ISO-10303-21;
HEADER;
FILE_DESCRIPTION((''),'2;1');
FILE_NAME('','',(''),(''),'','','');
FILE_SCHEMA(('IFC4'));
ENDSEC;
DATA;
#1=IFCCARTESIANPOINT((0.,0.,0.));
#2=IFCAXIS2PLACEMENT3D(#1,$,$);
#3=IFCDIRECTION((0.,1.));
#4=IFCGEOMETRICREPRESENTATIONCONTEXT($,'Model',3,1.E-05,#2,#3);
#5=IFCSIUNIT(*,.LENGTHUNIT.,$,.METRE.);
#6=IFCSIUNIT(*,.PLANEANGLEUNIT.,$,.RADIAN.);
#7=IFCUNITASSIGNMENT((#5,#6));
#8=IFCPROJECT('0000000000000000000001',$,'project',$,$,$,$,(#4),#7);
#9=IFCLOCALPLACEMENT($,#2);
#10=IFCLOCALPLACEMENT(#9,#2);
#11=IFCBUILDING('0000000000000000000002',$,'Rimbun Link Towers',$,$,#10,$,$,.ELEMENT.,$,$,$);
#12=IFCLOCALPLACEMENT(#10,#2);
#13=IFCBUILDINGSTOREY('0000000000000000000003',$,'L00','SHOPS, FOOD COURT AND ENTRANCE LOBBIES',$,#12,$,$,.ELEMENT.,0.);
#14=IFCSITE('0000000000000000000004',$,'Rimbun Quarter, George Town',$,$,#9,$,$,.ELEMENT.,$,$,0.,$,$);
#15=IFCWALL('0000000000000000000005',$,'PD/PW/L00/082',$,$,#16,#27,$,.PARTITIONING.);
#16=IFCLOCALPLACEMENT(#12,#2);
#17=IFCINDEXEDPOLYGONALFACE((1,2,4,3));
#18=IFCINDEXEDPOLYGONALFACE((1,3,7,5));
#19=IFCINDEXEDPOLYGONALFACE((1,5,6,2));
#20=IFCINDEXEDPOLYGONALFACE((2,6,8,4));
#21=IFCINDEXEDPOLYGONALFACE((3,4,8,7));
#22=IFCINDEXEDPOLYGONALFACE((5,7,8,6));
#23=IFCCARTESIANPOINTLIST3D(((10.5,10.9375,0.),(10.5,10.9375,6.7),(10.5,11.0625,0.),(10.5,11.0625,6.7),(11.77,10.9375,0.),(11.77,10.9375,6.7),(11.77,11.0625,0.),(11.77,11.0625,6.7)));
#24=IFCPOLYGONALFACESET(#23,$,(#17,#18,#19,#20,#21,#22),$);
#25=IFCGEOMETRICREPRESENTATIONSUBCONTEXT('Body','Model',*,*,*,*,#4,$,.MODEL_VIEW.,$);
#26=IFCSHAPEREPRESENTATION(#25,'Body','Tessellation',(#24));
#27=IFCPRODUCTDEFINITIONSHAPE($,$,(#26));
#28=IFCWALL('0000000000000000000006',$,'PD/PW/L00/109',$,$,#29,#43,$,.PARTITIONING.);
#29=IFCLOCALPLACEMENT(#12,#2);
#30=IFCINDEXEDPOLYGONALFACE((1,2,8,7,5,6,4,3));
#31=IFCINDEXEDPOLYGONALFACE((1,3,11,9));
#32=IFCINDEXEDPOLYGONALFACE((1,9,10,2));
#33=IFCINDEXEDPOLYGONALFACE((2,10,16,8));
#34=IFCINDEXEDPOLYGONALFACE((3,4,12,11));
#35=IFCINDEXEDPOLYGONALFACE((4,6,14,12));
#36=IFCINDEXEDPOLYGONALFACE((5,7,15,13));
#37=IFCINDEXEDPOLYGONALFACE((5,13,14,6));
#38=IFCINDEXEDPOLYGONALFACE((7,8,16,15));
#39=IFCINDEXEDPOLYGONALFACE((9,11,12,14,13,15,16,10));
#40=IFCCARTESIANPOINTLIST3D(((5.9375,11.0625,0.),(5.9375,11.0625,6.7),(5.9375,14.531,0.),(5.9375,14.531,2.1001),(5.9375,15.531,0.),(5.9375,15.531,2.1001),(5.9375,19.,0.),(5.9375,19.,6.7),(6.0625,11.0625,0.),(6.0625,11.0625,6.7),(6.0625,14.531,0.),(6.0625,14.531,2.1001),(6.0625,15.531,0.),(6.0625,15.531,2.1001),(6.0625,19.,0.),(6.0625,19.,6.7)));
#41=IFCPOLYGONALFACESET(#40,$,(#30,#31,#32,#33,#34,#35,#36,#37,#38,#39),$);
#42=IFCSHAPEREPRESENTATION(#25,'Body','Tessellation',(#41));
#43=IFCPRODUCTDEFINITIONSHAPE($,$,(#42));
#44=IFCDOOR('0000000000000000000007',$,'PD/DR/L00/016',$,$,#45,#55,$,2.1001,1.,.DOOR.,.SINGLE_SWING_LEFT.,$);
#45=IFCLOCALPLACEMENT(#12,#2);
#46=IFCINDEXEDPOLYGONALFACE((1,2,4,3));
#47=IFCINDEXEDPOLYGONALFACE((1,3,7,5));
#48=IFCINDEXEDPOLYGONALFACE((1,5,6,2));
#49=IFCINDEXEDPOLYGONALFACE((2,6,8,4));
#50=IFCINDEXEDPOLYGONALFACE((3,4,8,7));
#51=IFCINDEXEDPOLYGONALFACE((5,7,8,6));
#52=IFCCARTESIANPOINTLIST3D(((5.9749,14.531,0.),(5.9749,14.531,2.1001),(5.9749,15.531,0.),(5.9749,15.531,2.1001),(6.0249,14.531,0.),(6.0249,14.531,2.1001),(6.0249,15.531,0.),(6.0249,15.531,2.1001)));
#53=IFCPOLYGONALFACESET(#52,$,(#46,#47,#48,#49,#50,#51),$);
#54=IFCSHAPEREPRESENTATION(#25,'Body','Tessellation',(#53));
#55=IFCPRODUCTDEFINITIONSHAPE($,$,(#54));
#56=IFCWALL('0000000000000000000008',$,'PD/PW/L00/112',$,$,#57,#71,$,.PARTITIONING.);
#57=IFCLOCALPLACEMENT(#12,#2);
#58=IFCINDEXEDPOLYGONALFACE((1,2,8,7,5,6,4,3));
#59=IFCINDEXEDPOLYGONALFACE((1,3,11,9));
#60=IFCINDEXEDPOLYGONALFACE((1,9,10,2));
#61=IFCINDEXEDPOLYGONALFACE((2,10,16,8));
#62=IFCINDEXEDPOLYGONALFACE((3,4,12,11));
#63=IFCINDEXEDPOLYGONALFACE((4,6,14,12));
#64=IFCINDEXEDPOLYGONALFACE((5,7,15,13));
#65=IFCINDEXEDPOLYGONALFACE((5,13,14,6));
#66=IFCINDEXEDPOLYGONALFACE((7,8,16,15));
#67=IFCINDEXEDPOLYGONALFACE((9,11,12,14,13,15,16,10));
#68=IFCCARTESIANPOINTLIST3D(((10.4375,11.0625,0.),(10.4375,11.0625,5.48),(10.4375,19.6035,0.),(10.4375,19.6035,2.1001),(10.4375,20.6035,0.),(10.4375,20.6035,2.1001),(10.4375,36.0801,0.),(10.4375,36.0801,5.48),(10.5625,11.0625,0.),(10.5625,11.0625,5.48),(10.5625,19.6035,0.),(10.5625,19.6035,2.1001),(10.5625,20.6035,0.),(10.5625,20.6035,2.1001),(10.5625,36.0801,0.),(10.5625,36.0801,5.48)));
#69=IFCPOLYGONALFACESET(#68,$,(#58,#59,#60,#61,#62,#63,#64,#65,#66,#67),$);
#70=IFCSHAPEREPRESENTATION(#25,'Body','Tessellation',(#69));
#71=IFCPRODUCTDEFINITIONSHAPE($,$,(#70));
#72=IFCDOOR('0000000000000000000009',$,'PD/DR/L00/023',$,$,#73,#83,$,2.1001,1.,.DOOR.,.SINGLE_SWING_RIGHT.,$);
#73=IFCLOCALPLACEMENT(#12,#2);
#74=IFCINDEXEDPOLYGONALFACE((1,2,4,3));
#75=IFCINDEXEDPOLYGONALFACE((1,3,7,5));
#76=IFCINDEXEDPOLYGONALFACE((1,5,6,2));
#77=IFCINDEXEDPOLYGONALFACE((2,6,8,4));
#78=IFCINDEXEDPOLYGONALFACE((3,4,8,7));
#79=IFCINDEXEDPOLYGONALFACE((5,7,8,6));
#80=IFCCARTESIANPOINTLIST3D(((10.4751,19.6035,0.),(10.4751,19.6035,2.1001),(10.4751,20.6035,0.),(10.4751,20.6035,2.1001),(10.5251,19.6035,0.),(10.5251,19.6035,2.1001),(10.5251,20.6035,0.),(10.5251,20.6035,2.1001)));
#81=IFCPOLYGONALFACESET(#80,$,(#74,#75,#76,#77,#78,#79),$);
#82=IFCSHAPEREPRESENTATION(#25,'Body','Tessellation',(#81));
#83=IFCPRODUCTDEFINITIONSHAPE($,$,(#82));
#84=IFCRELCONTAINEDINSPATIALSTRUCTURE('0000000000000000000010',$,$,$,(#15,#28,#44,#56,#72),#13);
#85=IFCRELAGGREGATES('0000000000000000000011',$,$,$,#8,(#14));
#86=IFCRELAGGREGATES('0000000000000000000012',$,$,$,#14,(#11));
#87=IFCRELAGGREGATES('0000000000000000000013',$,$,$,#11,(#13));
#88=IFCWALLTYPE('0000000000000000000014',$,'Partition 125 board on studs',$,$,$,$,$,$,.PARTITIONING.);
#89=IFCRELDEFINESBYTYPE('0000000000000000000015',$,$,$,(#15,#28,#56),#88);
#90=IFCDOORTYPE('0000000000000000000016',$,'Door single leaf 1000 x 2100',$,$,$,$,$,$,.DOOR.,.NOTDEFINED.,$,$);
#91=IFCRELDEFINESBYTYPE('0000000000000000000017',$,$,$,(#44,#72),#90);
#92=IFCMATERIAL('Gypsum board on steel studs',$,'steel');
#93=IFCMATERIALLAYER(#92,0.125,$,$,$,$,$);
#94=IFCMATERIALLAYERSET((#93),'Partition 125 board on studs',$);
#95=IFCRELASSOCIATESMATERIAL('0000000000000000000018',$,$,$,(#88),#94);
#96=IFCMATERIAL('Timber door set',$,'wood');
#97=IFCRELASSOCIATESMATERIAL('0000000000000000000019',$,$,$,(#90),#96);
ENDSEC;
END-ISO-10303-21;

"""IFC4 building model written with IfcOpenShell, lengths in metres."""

from ifc_helpers import new_model, si_unit, direction, frame, frame_2d, origin, place, context, subcontext, project, spatial, rectangle, extrude, material, layer, layer_set, type_object, element, fill, save


model = new_model("IFC4")

# Units and contexts
model_context = context("Model", 3, precision=1e-05, world=origin(), true_north=direction((0.0, 1.0)))
body_context = subcontext(model_context, "Body", "Model", "MODEL_VIEW")
ifc_project = project(units=[si_unit("LENGTHUNIT", "METRE"), si_unit("PLANEANGLEUNIT", "RADIAN")], contexts=[model_context])

# Site, building, storey
site_placement = place(None, origin())
site = spatial("IfcSite", under=ifc_project, at=site_placement, Name="Rimbun Quarter, George Town", CompositionType="ELEMENT", RefElevation=0.0)
building_placement = place(site_placement, origin())
building = spatial("IfcBuilding", under=site, at=building_placement, Name="Rimbun Link Towers", CompositionType="ELEMENT")
storey_placement = place(building_placement, origin())
storey = spatial("IfcBuildingStorey", under=building, at=storey_placement, Name="L00", Description="SHOPS, FOOD COURT AND ENTRANCE LOBBIES", CompositionType="ELEMENT", Elevation=0.0)

# Wall
ifc_material_1 = material(Name="Gypsum board on steel studs", Category="steel")
ifc_layer_1 = layer(ifc_material_1, 0.125)
ifc_layer_set_1 = layer_set([ifc_layer_1], Name="Partition 125 board on studs")
wall_type_1 = type_object("IfcWallType", Name="Partition 125 board on studs", PredefinedType="PARTITIONING", material=ifc_layer_set_1)
wall_1_placement = place(storey_placement, frame((11.77, 11.0, 0.0), z_axis=(0.0, 0.0, 1.0), x_axis=(-1.0, 0.0, 0.0)))
element("IfcWall", 1, at=wall_1_placement, inside=storey, type_object=wall_type_1, Name="PD/PW/L00/082", PredefinedType="PARTITIONING", context=body_context, shape_type="SweptSolid", body=[
    extrude(rectangle(XDim=1.27, YDim=0.125, at=frame_2d((0.635, 0.0))), origin(), (0.0, 0.0, 1.0), 6.7),
])

# Walls, openings, doors
wall_2_placement = place(storey_placement, frame((6.0, 19.0, 0.0), z_axis=(0.0, 0.0, 1.0), x_axis=(0.0, -1.0, 0.0)))
wall_2 = element("IfcWall", 2, at=wall_2_placement, inside=storey, type_object=wall_type_1, Name="PD/PW/L00/109", PredefinedType="PARTITIONING", context=body_context, shape_type="SweptSolid", body=[
    extrude(rectangle(XDim=7.9375, YDim=0.125, at=frame_2d((3.9688, 0.0))), origin(), (0.0, 0.0, 1.0), 6.7),
])
opening_1_placement = place(wall_2_placement, frame((3.469, 0.0, 0.0)))
opening_1 = element("IfcOpeningElement", 3, at=opening_1_placement, cuts=wall_2, PredefinedType="OPENING", context=body_context, shape_type="SweptSolid", body=[
    extrude(rectangle(XDim=1.0, YDim=2.1001, at=frame_2d((0.5, 1.05))), frame((0.0, 0.0725, 0.0), z_axis=(0.0, -1.0, 0.0), x_axis=(1.0, 0.0, 0.0)), (0.0, 0.0, 1.0), 0.145),
])
ifc_material_2 = material(Name="Timber door set", Category="wood")
door_type = type_object("IfcDoorType", Name="Door single leaf 1000 x 2100", OperationType="NOTDEFINED", PredefinedType="DOOR", material=ifc_material_2)
door_1_placement = place(opening_1_placement, origin())
door_1 = element("IfcDoor", 4, at=door_1_placement, inside=storey, type_object=door_type, Name="PD/DR/L00/016", OperationType="SINGLE_SWING_LEFT", OverallHeight=2.1001, OverallWidth=1.0, PredefinedType="DOOR", context=body_context, shape_type="SweptSolid", body=[
    extrude(rectangle(XDim=1.0, YDim=2.1001, at=frame_2d((0.5, 1.05))), frame((0.0, 0.0249, 0.0), z_axis=(0.0, -1.0, 0.0), x_axis=(1.0, 0.0, 0.0)), (0.0, 0.0, 1.0), 0.05),
])
fill(opening_1, door_1)
wall_3_placement = place(storey_placement, frame((10.5, 11.0625, 0.0), z_axis=(0.0, 0.0, 1.0), x_axis=(0.0, 1.0, 0.0)))
wall_3 = element("IfcWall", 5, at=wall_3_placement, inside=storey, type_object=wall_type_1, Name="PD/PW/L00/112", PredefinedType="PARTITIONING", context=body_context, shape_type="SweptSolid", body=[
    extrude(rectangle(XDim=25.0176, YDim=0.125, at=frame_2d((12.5088, 0.0))), origin(), (0.0, 0.0, 1.0), 5.48),
])
opening_2_placement = place(wall_3_placement, frame((8.541, 0.0, 0.0)))
opening_2 = element("IfcOpeningElement", 6, at=opening_2_placement, cuts=wall_3, PredefinedType="OPENING", context=body_context, shape_type="SweptSolid", body=[
    extrude(rectangle(XDim=1.0, YDim=2.1001, at=frame_2d((0.5, 1.05))), frame((0.0, 0.0725, 0.0), z_axis=(0.0, -1.0, 0.0), x_axis=(1.0, 0.0, 0.0)), (0.0, 0.0, 1.0), 0.145),
])
door_2_placement = place(opening_2_placement, origin())
door_2 = element("IfcDoor", 7, at=door_2_placement, inside=storey, type_object=door_type, Name="PD/DR/L00/023", OperationType="SINGLE_SWING_RIGHT", OverallHeight=2.1001, OverallWidth=1.0, PredefinedType="DOOR", context=body_context, shape_type="SweptSolid", body=[
    extrude(rectangle(XDim=1.0, YDim=2.1001, at=frame_2d((0.5, 1.05))), frame((0.0, 0.0249, 0.0), z_axis=(0.0, -1.0, 0.0), x_axis=(1.0, 0.0, 0.0)), (0.0, 0.0, 1.0), 0.05),
])
fill(opening_2, door_2)

save(model, "model.ifc")
